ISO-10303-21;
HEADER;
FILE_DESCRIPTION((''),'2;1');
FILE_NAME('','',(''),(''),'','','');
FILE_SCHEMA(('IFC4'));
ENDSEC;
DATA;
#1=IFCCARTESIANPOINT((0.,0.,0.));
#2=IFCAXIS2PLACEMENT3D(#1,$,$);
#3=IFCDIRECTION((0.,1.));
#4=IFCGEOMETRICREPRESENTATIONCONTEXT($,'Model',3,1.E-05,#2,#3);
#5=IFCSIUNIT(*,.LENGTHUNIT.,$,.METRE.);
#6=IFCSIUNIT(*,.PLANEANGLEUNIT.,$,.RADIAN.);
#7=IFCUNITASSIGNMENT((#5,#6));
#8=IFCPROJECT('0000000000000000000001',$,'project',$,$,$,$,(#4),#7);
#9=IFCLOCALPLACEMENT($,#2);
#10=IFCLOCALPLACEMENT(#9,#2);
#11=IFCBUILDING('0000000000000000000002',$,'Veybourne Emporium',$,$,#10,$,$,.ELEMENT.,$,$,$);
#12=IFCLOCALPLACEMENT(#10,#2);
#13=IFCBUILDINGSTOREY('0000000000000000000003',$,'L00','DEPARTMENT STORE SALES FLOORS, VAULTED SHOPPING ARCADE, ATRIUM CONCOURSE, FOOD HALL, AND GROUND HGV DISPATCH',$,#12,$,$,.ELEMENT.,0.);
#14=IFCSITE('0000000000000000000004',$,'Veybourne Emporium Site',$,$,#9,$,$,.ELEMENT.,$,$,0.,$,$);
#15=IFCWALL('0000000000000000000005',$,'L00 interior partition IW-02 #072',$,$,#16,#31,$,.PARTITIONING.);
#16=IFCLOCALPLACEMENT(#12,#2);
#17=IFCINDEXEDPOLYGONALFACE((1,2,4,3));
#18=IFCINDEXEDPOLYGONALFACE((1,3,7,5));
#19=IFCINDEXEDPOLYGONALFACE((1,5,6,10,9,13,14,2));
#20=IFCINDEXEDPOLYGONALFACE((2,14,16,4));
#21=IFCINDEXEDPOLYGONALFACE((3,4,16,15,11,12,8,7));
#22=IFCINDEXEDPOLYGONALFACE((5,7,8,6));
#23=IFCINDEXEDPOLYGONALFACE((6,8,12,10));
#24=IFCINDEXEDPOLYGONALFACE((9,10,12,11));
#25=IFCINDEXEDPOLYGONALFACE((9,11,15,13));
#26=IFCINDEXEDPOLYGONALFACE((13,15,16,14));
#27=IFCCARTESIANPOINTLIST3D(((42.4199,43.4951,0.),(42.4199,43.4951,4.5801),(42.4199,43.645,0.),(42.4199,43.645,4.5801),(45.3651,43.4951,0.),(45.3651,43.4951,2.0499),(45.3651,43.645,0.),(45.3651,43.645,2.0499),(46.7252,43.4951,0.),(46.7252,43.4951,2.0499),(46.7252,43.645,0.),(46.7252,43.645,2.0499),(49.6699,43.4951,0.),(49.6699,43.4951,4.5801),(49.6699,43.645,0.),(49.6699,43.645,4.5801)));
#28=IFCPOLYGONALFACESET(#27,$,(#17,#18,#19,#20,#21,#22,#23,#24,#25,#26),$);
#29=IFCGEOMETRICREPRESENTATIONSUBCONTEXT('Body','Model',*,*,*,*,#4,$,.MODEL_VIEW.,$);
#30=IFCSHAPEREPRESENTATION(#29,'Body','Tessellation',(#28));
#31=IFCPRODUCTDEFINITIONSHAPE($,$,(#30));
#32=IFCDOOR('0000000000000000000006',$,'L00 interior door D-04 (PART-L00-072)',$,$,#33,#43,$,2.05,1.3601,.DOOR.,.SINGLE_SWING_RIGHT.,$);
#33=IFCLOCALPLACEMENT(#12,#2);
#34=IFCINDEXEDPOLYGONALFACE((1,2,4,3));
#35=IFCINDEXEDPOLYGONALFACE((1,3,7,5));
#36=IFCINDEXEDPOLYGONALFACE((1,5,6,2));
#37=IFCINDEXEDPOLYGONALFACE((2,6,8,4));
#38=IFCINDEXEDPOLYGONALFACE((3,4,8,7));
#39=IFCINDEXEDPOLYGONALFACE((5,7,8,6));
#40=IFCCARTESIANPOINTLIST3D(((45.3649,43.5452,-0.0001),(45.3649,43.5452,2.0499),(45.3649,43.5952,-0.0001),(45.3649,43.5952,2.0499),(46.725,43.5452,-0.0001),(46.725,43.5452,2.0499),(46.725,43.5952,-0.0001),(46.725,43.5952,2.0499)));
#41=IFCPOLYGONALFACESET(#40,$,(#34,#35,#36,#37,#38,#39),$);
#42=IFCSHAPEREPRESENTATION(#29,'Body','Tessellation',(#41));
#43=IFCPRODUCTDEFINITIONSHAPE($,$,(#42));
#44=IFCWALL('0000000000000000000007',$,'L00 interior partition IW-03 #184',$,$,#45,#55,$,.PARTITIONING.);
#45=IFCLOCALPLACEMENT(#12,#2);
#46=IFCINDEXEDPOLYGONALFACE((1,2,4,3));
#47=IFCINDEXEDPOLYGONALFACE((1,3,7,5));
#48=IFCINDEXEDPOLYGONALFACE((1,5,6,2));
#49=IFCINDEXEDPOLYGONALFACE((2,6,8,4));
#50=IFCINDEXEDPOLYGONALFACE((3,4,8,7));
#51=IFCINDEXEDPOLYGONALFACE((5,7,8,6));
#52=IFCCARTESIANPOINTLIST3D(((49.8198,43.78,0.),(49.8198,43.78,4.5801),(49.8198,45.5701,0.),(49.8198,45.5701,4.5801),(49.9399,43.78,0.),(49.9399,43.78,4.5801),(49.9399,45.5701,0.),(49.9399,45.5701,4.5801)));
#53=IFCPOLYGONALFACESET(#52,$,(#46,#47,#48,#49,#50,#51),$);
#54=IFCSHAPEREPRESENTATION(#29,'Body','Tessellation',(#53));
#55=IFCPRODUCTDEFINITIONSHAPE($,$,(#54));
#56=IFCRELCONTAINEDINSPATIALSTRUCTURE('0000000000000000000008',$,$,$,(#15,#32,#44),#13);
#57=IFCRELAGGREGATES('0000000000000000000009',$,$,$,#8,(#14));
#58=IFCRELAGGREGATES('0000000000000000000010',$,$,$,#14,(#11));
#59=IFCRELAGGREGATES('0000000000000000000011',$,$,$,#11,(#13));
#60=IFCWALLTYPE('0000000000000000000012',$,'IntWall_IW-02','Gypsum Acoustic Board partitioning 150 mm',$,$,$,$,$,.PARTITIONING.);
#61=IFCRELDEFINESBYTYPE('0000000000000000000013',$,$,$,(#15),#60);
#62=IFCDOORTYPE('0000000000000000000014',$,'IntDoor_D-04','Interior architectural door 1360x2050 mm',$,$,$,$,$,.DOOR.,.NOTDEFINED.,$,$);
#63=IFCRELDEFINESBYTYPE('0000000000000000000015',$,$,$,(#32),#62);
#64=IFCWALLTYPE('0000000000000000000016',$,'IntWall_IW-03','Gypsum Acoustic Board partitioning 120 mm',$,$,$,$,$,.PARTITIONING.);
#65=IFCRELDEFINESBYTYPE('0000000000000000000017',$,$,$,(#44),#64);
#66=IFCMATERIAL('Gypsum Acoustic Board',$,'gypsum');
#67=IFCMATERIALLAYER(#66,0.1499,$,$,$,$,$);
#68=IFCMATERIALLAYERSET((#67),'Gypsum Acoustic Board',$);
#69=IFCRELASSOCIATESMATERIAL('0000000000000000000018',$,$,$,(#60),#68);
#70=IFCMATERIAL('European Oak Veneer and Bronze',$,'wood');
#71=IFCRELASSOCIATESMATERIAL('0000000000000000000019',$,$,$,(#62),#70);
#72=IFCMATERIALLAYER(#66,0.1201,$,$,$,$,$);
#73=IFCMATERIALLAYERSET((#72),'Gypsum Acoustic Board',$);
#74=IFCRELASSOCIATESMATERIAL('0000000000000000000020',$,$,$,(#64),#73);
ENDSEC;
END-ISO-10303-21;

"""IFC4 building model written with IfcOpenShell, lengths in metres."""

from ifc_helpers import new_model, si_unit, direction, frame, frame_2d, origin, place, context, subcontext, project, spatial, rectangle, extrude, material, layer, layer_set, type_object, element, fill, save


model = new_model("IFC4")

# Units and contexts
model_context = context("Model", 3, precision=1e-05, world=origin(), true_north=direction((0.0, 1.0)))
body_context = subcontext(model_context, "Body", "Model", "MODEL_VIEW")
ifc_project = project(units=[si_unit("LENGTHUNIT", "METRE"), si_unit("PLANEANGLEUNIT", "RADIAN")], contexts=[model_context])

# Site, building, storey
site_placement = place(None, origin())
site = spatial("IfcSite", under=ifc_project, at=site_placement, Name="Veybourne Emporium Site", CompositionType="ELEMENT", RefElevation=0.0)
building_placement = place(site_placement, origin())
building = spatial("IfcBuilding", under=site, at=building_placement, Name="Veybourne Emporium", CompositionType="ELEMENT")
storey_placement = place(building_placement, origin())
storey = spatial("IfcBuildingStorey", under=building, at=storey_placement, Name="L00", Description="DEPARTMENT STORE SALES FLOORS, VAULTED SHOPPING ARCADE, ATRIUM CONCOURSE, FOOD HALL, AND GROUND HGV DISPATCH", CompositionType="ELEMENT", Elevation=0.0)

# Wall, opening, door
ifc_material_1 = material(Name="Gypsum Acoustic Board", Category="gypsum")
ifc_layer_1 = layer(ifc_material_1, 0.1499)
ifc_layer_set_1 = layer_set([ifc_layer_1], Name="Gypsum Acoustic Board")
wall_type_1 = type_object("IfcWallType", Name="IntWall_IW-02", Description="Gypsum Acoustic Board partitioning 150 mm", PredefinedType="PARTITIONING", material=ifc_layer_set_1)
wall_1_placement = place(storey_placement, frame((42.4199, 43.5701, 0.0), z_axis=(0.0, 0.0, 1.0), x_axis=(1.0, 0.0, 0.0)))
wall_1 = element("IfcWall", 1, at=wall_1_placement, inside=storey, type_object=wall_type_1, Name="L00 interior partition IW-02 #072", PredefinedType="PARTITIONING", context=body_context, shape_type="SweptSolid", body=[
    extrude(rectangle(XDim=7.25, YDim=0.1499, at=frame_2d((3.625, 0.0))), origin(), (0.0, 0.0, 1.0), 4.5801),
])
opening_placement = place(wall_1_placement, frame((2.9451, 0.0, 0.0)))
opening = element("IfcOpeningElement", 2, at=opening_placement, cuts=wall_1, PredefinedType="OPENING", context=body_context, shape_type="SweptSolid", body=[
    extrude(rectangle(XDim=1.3601, YDim=2.05, at=frame_2d((0.6802, 1.0249))), frame((0.0, 0.095, 0.0), z_axis=(0.0, -1.0, 0.0), x_axis=(1.0, 0.0, 0.0)), (0.0, 0.0, 1.0), 0.1899),
])
ifc_material_2 = material(Name="European Oak Veneer and Bronze", Category="wood")
door_type = type_object("IfcDoorType", Name="IntDoor_D-04", Description="Interior architectural door 1360x2050 mm", OperationType="NOTDEFINED", PredefinedType="DOOR", material=ifc_material_2)
door_placement = place(opening_placement, frame((1.3601, 0.0, 0.0), z_axis=(0.0, 0.0, 1.0), x_axis=(-1.0, 0.0, 0.0)))
door = element("IfcDoor", 3, at=door_placement, inside=storey, type_object=door_type, Name="L00 interior door D-04 (PART-L00-072)", OperationType="SINGLE_SWING_RIGHT", OverallHeight=2.05, OverallWidth=1.3601, PredefinedType="DOOR", context=body_context, shape_type="SweptSolid", body=[
    extrude(rectangle(XDim=1.3601, YDim=2.05, at=frame_2d((0.6802, 1.0249))), frame((0.0, 0.0249, 0.0), z_axis=(0.0, -1.0, 0.0), x_axis=(1.0, 0.0, 0.0)), (0.0, 0.0, 1.0), 0.05),
])
fill(opening, door)

# Wall
ifc_layer_2 = layer(ifc_material_1, 0.1201)
ifc_layer_set_2 = layer_set([ifc_layer_2], Name="Gypsum Acoustic Board")
wall_type_2 = type_object("IfcWallType", Name="IntWall_IW-03", Description="Gypsum Acoustic Board partitioning 120 mm", PredefinedType="PARTITIONING", material=ifc_layer_set_2)
wall_2_placement = place(storey_placement, frame((49.8799, 43.78, 0.0), z_axis=(0.0, 0.0, 1.0), x_axis=(0.0, 1.0, 0.0)))
element("IfcWall", 4, at=wall_2_placement, inside=storey, type_object=wall_type_2, Name="L00 interior partition IW-03 #184", PredefinedType="PARTITIONING", context=body_context, shape_type="SweptSolid", body=[
    extrude(rectangle(XDim=1.79, YDim=0.1201, at=frame_2d((0.895, 0.0))), origin(), (0.0, 0.0, 1.0), 4.5801),
])

save(model, "model.ifc")
